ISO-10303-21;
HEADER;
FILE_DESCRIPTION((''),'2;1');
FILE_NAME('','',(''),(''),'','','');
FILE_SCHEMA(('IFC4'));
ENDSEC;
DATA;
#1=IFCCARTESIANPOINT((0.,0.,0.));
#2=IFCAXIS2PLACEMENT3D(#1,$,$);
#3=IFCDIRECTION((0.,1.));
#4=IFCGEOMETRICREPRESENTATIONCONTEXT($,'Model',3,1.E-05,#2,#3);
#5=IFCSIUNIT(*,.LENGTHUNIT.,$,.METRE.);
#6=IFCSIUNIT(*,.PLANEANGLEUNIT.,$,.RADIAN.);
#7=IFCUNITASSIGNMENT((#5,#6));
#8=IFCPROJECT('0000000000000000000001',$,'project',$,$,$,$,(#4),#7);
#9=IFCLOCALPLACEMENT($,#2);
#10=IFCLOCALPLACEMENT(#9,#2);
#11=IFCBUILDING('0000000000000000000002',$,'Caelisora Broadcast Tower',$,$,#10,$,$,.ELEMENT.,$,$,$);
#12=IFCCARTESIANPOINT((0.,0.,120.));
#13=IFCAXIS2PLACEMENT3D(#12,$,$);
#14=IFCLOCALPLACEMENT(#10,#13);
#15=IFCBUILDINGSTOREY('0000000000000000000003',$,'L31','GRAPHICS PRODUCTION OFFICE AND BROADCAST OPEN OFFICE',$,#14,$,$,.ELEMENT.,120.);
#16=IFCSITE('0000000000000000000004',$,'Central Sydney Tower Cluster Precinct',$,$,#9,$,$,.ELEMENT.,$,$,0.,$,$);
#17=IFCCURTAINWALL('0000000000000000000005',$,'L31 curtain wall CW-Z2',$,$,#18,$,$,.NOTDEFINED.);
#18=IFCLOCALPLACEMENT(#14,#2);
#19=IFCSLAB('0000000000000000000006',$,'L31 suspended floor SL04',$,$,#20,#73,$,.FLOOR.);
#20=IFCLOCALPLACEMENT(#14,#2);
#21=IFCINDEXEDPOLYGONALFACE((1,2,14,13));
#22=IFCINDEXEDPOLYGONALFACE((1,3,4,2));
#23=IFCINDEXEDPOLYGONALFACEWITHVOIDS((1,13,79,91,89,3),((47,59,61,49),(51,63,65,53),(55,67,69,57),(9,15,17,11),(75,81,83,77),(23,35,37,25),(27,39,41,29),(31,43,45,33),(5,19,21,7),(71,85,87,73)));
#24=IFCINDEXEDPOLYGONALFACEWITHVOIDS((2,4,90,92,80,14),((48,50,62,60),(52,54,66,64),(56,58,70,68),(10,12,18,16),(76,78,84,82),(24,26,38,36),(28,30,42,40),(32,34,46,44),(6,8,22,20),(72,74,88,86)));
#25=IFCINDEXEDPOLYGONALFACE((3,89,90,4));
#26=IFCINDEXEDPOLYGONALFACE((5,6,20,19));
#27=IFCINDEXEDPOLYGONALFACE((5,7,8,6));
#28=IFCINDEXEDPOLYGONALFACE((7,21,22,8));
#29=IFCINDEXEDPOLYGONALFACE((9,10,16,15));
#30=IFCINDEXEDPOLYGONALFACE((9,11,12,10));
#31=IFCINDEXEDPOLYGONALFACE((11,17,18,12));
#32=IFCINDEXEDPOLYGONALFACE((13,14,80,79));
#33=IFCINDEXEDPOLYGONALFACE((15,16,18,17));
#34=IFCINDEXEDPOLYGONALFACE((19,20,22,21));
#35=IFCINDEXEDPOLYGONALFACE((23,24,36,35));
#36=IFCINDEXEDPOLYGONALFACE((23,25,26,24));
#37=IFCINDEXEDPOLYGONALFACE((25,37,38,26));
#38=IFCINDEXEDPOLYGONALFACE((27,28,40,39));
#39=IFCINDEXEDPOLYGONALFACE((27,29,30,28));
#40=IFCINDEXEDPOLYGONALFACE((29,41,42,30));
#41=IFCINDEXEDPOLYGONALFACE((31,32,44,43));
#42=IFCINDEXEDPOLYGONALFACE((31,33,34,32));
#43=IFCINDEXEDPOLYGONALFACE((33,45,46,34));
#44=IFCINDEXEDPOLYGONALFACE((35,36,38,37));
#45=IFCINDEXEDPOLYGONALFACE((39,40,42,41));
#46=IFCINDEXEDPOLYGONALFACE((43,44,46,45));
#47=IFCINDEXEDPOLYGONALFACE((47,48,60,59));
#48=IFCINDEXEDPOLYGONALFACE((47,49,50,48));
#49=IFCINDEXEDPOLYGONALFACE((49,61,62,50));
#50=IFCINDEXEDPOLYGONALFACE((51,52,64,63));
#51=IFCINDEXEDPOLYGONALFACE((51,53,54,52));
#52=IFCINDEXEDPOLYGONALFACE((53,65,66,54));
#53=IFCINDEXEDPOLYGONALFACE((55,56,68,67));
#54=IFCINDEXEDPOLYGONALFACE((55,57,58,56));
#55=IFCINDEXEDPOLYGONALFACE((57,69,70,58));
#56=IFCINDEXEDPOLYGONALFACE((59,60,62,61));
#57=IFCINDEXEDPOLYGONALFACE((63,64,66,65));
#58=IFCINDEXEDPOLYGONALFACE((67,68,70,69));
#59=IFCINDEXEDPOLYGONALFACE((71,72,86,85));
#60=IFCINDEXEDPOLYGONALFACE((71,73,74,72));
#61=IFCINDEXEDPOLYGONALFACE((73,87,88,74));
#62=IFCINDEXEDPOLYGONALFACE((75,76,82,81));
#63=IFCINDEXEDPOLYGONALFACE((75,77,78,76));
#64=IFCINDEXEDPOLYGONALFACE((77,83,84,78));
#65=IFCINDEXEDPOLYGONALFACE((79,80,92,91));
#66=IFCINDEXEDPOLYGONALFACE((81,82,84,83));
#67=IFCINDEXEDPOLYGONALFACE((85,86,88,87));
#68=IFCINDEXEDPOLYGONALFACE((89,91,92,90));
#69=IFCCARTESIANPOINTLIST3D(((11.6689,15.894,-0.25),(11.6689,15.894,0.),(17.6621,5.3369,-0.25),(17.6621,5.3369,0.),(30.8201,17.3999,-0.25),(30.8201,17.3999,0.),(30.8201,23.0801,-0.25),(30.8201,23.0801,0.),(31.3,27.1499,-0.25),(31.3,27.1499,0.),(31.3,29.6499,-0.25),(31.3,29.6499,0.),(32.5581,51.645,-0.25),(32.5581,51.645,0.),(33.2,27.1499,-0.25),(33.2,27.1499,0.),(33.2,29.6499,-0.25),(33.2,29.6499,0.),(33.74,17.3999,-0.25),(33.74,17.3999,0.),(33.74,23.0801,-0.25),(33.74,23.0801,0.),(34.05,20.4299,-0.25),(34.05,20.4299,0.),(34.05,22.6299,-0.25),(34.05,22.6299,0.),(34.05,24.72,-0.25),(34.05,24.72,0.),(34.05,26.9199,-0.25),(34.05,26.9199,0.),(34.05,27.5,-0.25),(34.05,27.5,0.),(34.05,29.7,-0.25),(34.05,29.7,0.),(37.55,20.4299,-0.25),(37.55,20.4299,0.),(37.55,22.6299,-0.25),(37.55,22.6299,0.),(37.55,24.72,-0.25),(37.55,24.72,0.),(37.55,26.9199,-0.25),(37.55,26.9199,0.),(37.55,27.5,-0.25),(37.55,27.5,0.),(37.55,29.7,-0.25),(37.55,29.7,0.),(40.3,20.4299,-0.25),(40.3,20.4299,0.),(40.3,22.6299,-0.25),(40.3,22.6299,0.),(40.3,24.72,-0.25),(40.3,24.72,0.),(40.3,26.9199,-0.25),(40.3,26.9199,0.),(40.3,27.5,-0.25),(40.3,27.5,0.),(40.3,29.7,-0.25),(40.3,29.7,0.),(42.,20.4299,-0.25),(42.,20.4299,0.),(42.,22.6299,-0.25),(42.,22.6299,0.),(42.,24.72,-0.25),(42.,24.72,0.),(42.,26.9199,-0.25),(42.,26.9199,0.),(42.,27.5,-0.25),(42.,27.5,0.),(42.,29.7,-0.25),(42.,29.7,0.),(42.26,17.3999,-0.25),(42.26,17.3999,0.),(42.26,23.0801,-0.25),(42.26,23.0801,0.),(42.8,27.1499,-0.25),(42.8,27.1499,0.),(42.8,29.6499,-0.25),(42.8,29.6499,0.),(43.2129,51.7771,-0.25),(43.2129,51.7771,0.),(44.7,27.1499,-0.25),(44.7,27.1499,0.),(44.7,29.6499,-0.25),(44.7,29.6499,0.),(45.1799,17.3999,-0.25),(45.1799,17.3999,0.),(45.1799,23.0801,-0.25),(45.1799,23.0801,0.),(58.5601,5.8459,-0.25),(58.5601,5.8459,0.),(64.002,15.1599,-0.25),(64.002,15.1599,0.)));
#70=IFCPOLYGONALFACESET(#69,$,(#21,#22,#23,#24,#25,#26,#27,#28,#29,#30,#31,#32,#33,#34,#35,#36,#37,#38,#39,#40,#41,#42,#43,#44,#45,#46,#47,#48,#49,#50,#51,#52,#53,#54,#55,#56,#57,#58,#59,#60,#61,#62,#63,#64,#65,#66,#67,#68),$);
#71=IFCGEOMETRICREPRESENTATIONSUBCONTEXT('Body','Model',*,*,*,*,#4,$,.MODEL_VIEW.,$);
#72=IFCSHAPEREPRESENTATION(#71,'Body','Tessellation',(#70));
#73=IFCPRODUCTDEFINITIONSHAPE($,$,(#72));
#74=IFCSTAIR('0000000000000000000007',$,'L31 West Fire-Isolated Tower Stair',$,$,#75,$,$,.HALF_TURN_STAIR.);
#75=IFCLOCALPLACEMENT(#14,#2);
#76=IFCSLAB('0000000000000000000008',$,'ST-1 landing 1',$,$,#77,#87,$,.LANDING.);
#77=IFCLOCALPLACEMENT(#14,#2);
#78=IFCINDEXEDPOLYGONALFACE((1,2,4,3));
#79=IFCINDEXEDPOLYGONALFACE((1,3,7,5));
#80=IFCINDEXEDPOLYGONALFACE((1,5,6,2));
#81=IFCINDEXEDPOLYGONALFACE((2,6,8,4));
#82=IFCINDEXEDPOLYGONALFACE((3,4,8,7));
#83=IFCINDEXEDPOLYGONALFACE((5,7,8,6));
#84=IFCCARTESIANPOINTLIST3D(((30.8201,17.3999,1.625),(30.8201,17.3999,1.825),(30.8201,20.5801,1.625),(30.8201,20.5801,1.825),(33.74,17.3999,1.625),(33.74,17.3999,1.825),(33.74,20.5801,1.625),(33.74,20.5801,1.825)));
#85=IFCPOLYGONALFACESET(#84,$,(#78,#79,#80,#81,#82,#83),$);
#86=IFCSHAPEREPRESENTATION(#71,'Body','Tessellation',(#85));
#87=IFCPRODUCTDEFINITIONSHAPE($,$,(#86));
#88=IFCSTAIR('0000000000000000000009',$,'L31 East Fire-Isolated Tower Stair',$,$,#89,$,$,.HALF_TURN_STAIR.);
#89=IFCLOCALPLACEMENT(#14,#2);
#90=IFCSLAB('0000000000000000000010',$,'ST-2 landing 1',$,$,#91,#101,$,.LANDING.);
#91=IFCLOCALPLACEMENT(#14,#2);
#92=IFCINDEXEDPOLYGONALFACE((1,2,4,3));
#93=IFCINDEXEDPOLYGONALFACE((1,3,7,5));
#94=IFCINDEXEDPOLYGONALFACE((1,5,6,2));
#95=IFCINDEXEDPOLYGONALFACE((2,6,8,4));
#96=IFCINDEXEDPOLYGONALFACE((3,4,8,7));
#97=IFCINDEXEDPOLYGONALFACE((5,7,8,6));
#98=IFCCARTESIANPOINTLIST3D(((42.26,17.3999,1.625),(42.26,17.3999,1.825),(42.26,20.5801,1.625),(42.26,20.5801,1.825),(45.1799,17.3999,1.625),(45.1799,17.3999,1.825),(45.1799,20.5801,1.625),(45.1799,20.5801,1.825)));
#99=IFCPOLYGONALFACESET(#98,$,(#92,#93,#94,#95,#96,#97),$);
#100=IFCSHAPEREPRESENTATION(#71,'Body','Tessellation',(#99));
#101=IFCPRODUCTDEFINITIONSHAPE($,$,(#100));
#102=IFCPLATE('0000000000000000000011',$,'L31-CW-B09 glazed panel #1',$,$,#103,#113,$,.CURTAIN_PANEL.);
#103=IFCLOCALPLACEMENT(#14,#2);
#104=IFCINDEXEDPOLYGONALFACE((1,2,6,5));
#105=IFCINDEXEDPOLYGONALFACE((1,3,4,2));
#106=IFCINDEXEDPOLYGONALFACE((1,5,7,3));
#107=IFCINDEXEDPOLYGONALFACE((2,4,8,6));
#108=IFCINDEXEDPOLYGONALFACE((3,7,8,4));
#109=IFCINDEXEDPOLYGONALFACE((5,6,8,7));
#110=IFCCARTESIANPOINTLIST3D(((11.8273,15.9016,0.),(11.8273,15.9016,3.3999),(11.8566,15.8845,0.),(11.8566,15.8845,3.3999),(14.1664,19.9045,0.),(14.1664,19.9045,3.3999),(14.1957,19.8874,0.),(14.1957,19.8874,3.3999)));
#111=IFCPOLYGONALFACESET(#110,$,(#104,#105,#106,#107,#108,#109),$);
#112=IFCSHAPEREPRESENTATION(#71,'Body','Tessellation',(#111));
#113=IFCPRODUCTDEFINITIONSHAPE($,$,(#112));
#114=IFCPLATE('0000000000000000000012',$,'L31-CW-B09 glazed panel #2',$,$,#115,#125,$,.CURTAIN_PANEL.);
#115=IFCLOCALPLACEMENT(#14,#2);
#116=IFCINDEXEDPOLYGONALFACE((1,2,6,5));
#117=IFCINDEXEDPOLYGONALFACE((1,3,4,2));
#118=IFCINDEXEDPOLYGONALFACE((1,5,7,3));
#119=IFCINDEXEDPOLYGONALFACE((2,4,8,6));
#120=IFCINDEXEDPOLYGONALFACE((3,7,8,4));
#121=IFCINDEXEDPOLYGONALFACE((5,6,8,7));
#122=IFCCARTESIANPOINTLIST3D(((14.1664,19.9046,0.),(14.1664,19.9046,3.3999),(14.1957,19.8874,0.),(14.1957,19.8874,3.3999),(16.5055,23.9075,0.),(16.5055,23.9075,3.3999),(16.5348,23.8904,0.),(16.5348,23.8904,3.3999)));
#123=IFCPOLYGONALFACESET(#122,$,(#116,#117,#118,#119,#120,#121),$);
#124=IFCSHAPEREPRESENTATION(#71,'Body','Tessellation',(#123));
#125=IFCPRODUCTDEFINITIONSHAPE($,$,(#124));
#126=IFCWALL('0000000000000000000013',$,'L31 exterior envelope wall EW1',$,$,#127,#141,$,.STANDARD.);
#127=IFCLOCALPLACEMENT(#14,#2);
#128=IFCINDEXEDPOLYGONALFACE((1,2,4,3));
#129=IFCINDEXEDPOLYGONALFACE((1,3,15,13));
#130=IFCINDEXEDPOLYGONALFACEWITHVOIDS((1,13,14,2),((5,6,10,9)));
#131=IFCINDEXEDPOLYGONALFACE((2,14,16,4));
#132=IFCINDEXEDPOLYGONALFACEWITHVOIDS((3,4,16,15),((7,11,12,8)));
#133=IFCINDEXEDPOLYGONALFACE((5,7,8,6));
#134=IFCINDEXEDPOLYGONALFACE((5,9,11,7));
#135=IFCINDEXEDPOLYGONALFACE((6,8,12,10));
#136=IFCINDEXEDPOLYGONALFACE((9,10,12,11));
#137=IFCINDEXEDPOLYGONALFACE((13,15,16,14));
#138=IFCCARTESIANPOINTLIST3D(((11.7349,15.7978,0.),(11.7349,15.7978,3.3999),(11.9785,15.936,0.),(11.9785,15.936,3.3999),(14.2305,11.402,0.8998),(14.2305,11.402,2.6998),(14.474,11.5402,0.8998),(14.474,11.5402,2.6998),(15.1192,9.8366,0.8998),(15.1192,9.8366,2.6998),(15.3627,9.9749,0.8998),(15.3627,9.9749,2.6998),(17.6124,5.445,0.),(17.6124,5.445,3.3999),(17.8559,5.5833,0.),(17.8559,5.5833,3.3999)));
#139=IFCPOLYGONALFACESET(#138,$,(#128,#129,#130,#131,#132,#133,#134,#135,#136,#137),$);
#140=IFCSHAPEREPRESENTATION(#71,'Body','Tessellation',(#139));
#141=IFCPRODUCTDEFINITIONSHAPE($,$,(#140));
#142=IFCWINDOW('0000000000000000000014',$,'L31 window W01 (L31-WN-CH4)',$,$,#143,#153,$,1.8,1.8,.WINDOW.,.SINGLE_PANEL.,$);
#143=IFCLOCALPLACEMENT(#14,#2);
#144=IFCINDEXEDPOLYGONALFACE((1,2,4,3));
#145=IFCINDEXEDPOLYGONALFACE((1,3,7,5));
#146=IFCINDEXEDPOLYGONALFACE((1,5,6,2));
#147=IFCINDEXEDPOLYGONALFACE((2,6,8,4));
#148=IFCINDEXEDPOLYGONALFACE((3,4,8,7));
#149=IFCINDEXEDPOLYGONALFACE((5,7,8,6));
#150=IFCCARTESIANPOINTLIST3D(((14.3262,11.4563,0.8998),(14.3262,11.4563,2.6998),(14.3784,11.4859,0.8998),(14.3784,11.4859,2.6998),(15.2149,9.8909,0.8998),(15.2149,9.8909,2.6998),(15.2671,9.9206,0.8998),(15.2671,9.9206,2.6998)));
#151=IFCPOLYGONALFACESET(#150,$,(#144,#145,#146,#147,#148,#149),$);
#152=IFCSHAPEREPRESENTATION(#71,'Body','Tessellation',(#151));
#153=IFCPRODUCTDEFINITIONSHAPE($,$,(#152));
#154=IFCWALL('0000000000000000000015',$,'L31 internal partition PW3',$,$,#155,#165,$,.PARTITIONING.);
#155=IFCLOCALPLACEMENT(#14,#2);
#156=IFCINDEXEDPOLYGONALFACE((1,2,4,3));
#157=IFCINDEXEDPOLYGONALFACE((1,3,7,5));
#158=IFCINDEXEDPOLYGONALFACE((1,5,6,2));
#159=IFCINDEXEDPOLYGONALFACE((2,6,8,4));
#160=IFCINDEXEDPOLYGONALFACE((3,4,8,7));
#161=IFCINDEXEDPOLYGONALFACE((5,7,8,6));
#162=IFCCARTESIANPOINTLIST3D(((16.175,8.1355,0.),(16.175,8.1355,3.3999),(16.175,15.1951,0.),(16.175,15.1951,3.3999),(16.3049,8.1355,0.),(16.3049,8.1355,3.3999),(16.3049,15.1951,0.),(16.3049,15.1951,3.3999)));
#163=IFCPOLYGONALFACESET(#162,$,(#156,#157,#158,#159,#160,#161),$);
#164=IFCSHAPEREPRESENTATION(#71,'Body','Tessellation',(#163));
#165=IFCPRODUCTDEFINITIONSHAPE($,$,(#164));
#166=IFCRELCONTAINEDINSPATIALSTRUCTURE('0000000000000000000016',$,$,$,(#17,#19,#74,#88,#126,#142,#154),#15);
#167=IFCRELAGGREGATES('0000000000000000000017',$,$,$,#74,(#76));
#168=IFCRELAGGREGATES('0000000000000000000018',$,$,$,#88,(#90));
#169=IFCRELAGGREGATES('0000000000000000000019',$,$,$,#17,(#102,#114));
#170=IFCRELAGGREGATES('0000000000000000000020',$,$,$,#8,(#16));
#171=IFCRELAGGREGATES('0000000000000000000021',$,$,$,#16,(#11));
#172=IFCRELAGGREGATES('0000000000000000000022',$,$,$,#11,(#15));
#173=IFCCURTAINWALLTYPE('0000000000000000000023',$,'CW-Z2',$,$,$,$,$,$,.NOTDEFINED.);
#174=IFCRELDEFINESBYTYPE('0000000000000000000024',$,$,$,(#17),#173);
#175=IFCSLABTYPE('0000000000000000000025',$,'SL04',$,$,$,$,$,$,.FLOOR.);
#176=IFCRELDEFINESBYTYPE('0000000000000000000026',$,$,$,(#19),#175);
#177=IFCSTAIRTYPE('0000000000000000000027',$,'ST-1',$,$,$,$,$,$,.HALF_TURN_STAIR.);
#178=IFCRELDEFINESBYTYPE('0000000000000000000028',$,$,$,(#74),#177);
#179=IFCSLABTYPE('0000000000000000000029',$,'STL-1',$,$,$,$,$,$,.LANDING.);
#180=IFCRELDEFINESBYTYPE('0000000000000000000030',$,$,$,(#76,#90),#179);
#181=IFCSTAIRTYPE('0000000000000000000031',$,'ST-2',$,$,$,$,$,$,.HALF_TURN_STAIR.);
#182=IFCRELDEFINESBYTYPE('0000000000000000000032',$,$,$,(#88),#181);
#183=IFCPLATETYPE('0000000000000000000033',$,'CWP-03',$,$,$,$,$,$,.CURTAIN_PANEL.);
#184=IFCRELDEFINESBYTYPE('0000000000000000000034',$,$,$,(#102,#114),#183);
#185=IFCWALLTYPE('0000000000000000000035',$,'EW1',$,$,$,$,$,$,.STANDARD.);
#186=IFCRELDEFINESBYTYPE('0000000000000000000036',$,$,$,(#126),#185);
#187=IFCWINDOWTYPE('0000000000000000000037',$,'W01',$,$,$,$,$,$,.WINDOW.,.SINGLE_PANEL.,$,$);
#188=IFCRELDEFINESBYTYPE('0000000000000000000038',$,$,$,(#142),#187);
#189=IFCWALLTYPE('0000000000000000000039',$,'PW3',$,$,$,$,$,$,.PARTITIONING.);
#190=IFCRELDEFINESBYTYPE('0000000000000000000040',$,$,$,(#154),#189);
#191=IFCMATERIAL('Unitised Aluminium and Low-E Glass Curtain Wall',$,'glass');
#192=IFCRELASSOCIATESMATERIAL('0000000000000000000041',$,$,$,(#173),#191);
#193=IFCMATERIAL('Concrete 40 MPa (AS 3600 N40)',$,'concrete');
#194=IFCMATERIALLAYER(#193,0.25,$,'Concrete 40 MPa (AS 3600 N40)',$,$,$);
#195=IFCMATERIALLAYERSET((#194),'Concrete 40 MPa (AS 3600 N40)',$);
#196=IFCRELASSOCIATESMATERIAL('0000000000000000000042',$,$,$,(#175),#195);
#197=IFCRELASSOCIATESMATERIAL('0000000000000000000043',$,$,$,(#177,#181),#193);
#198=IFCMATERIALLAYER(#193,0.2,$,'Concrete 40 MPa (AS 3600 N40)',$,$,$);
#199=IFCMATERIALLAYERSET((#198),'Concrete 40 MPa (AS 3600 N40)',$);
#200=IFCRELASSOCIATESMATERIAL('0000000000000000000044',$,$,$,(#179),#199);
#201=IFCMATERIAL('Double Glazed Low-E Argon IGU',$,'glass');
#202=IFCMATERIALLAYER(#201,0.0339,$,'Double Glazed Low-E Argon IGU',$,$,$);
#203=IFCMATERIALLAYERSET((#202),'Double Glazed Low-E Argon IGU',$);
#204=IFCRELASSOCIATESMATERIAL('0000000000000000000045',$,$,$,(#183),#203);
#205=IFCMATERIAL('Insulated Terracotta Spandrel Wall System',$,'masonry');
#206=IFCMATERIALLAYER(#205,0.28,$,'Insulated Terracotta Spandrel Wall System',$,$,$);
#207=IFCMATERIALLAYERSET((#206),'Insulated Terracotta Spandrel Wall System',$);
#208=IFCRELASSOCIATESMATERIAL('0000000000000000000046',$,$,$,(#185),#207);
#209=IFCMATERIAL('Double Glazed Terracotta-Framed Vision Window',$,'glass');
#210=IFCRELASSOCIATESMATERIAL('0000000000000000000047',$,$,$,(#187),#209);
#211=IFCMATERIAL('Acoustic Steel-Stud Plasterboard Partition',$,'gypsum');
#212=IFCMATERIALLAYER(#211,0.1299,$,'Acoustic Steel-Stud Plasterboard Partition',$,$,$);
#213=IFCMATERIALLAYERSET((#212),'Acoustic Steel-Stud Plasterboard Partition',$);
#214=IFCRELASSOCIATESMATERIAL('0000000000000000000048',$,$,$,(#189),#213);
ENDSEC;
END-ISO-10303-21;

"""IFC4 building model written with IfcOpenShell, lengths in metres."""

from ifc_helpers import new_model, si_unit, direction, frame, frame_2d, origin, origin_2d, place, context, subcontext, project, spatial, polyline, rectangle, outline, extrude, source, transform, mapped, material, layer, layer_set, type_object, type_shapes, element, fill, aggregate, save


model = new_model("IFC4")

# Units and contexts
model_context = context("Model", 3, precision=1e-05, world=origin(), true_north=direction((0.0, 1.0)))
body_context = subcontext(model_context, "Body", "Model", "MODEL_VIEW")
ifc_project = project(units=[si_unit("LENGTHUNIT", "METRE"), si_unit("PLANEANGLEUNIT", "RADIAN")], contexts=[model_context])

# Site, building, storey
site_placement = place(None, origin())
site = spatial("IfcSite", under=ifc_project, at=site_placement, Name="Central Sydney Tower Cluster Precinct", CompositionType="ELEMENT", RefElevation=0.0)
building_placement = place(site_placement, origin())
building = spatial("IfcBuilding", under=site, at=building_placement, Name="Caelisora Broadcast Tower", CompositionType="ELEMENT")
storey_placement = place(building_placement, frame((0.0, 0.0, 120.0)))
storey = spatial("IfcBuildingStorey", under=building, at=storey_placement, Name="L31", Description="GRAPHICS PRODUCTION OFFICE AND BROADCAST OPEN OFFICE", CompositionType="ELEMENT", Elevation=120.0)

# Shared definitions
ifc_material_1 = material(Name="Unitised Aluminium and Low-E Glass Curtain Wall", Category="glass")
curtain_wall_type = type_object("IfcCurtainWallType", Name="CW-Z2", PredefinedType="NOTDEFINED", material=ifc_material_1)

# Curtain wall
curtain_wall_1_placement = place(storey_placement, origin())
curtain_wall_1 = element("IfcCurtainWall", 1, at=curtain_wall_1_placement, inside=storey, type_object=curtain_wall_type, Name="L31 curtain wall CW-Z2", PredefinedType="NOTDEFINED")

# Slab
ifc_material_2 = material(Name="Concrete 40 MPa (AS 3600 N40)", Category="concrete")
ifc_layer_1 = layer(ifc_material_2, 0.25, Name="Concrete 40 MPa (AS 3600 N40)")
ifc_layer_set_1 = layer_set([ifc_layer_1], Name="Concrete 40 MPa (AS 3600 N40)")
slab_type_1 = type_object("IfcSlabType", Name="SL04", PredefinedType="FLOOR", material=ifc_layer_set_1)
slab_1_placement = place(storey_placement, frame((0.0, 0.0, -0.25)))
element("IfcSlab", 2, at=slab_1_placement, inside=storey, type_object=slab_type_1, Name="L31 suspended floor SL04", PredefinedType="FLOOR", context=body_context, shape_type="SweptSolid", body=[
    extrude(outline(polyline([(43.2129, 51.7771), (32.5581, 51.645), (11.6689, 15.894), (17.6621, 5.3369), (58.5601, 5.8459), (64.002, 15.1599), (43.2129, 51.7771)]), holes=[polyline([(30.8201, 17.3999), (33.74, 17.3999), (33.74, 23.0801), (30.8201, 23.0801), (30.8201, 17.3999)]), polyline([(42.26, 17.3999), (45.1799, 17.3999), (45.1799, 23.0801), (42.26, 23.0801), (42.26, 17.3999)]), polyline([(42.8, 27.1499), (44.7, 27.1499), (44.7, 29.6499), (42.8, 29.6499), (42.8, 27.1499)]), polyline([(40.3, 20.4299), (42.0, 20.4299), (42.0, 22.6299), (40.3, 22.6299), (40.3, 20.4299)]), polyline([(40.3, 24.72), (42.0, 24.72), (42.0, 26.9199), (40.3, 26.9199), (40.3, 24.72)]), polyline([(40.3, 27.5), (42.0, 27.5), (42.0, 29.7), (40.3, 29.7), (40.3, 27.5)]), polyline([(34.05, 20.4299), (37.55, 20.4299), (37.55, 22.6299), (34.05, 22.6299), (34.05, 20.4299)]), polyline([(34.05, 24.72), (37.55, 24.72), (37.55, 26.9199), (34.05, 26.9199), (34.05, 24.72)]), polyline([(34.05, 27.5), (37.55, 27.5), (37.55, 29.7), (34.05, 29.7), (34.05, 27.5)]), polyline([(31.3, 27.1499), (33.2, 27.1499), (33.2, 29.6499), (31.3, 29.6499), (31.3, 27.1499)])]), origin(), (0.0, 0.0, 1.0), 0.25),
])

# Stairs, slabs
stair_type_1 = type_object("IfcStairType", Name="ST-1", PredefinedType="HALF_TURN_STAIR", material=ifc_material_2)
stair_1_placement = place(storey_placement, origin())
stair_1 = element("IfcStair", 3, at=stair_1_placement, inside=storey, type_object=stair_type_1, Name="L31 West Fire-Isolated Tower Stair", PredefinedType="HALF_TURN_STAIR")
ifc_layer_2 = layer(ifc_material_2, 0.2, Name="Concrete 40 MPa (AS 3600 N40)")
ifc_layer_set_2 = layer_set([ifc_layer_2], Name="Concrete 40 MPa (AS 3600 N40)")
slab_type_2 = type_object("IfcSlabType", Name="STL-1", PredefinedType="LANDING", material=ifc_layer_set_2)
slab_2_placement = place(storey_placement, frame((0.0, 0.0, 1.625)))
slab_2 = element("IfcSlab", 4, at=slab_2_placement, type_object=slab_type_2, Name="ST-1 landing 1", PredefinedType="LANDING", context=body_context, shape_type="SweptSolid", body=[
    extrude(outline(polyline([(30.8201, 20.5801), (30.8201, 17.3999), (33.74, 17.3999), (33.74, 20.5801), (30.8201, 20.5801)])), origin(), (0.0, 0.0, 1.0), 0.2),
])
aggregate(stair_1, [slab_2])
stair_type_2 = type_object("IfcStairType", Name="ST-2", PredefinedType="HALF_TURN_STAIR", material=ifc_material_2)
stair_2_placement = place(storey_placement, origin())
stair_2 = element("IfcStair", 5, at=stair_2_placement, inside=storey, type_object=stair_type_2, Name="L31 East Fire-Isolated Tower Stair", PredefinedType="HALF_TURN_STAIR")
slab_3_placement = place(storey_placement, frame((0.0, 0.0, 1.625)))
slab_3 = element("IfcSlab", 6, at=slab_3_placement, type_object=slab_type_2, Name="ST-2 landing 1", PredefinedType="LANDING", context=body_context, shape_type="SweptSolid", body=[
    extrude(outline(polyline([(42.26, 20.5801), (42.26, 17.3999), (45.1799, 17.3999), (45.1799, 20.5801), (42.26, 20.5801)])), origin(), (0.0, 0.0, 1.0), 0.2),
])
aggregate(stair_2, [slab_3])

# Plates
ifc_material_3 = material(Name="Double Glazed Low-E Argon IGU", Category="glass")
ifc_layer_3 = layer(ifc_material_3, 0.0339, Name="Double Glazed Low-E Argon IGU")
ifc_layer_set_3 = layer_set([ifc_layer_3], Name="Double Glazed Low-E Argon IGU")
plate_type = type_object("IfcPlateType", Name="CWP-03", PredefinedType="CURTAIN_PANEL", material=ifc_layer_set_3)
shared_shape_1 = source(origin(), body_context, "Body", "SweptSolid", [
    extrude(rectangle(XDim=4.6362, YDim=0.0339, at=origin_2d()), origin(), (0.0, 0.0, 1.0), 3.3999),
])
type_shapes(plate_type, [shared_shape_1])
plate_1_placement = place(storey_placement, frame((13.0115, 17.8945, 0.0), z_axis=(0.0, 0.0, 1.0), x_axis=(0.504528, 0.863396, 0.0)))
plate_1 = element("IfcPlate", 7, at=plate_1_placement, type_object=plate_type, Name="L31-CW-B09 glazed panel #1", PredefinedType="CURTAIN_PANEL", context=body_context, shape_type="MappedRepresentation", body=[
    mapped(shared_shape_1, transform((0.0, 0.0, 0.0), scale=1.0)),
])
plate_2_placement = place(storey_placement, frame((15.3506, 21.8975, 0.0), z_axis=(0.0, 0.0, 1.0), x_axis=(0.504528, 0.863396, 0.0)))
plate_2 = element("IfcPlate", 8, at=plate_2_placement, type_object=plate_type, Name="L31-CW-B09 glazed panel #2", PredefinedType="CURTAIN_PANEL", context=body_context, shape_type="MappedRepresentation", body=[
    mapped(shared_shape_1, transform((0.0, 0.0, 0.0), scale=1.0)),
])
aggregate(curtain_wall_1, [plate_1, plate_2])

# Wall, opening, window
ifc_material_4 = material(Name="Insulated Terracotta Spandrel Wall System", Category="masonry")
ifc_layer_4 = layer(ifc_material_4, 0.28, Name="Insulated Terracotta Spandrel Wall System")
ifc_layer_set_4 = layer_set([ifc_layer_4], Name="Insulated Terracotta Spandrel Wall System")
wall_type_1 = type_object("IfcWallType", Name="EW1", PredefinedType="STANDARD", material=ifc_layer_set_4)
wall_1_placement = place(storey_placement, frame((17.7341, 5.5142, 0.0), z_axis=(0.0, 0.0, 1.0), x_axis=(-0.493703, 0.86963, 0.0)))
wall_1 = element("IfcWall", 9, at=wall_1_placement, inside=storey, type_object=wall_type_1, Name="L31 exterior envelope wall EW1", PredefinedType="STANDARD", context=body_context, shape_type="SweptSolid", body=[
    extrude(rectangle(XDim=11.9048, YDim=0.28, at=frame_2d((5.9524, 0.0))), origin(), (0.0, 0.0, 1.0), 3.3999),
])
opening_1_placement = place(wall_1_placement, frame((5.05, 0.0, 0.8999)))
opening_1 = element("IfcOpeningElement", 10, at=opening_1_placement, cuts=wall_1, PredefinedType="OPENING", context=body_context, shape_type="SweptSolid", body=[
    extrude(rectangle(XDim=1.8, YDim=1.8, at=frame_2d((0.8999, 0.8999))), frame((0.0, 0.1521, 0.0), z_axis=(0.0, -1.0, 0.0), x_axis=(1.0, 0.0, 0.0)), (0.0, 0.0, 1.0), 0.304),
])
ifc_material_5 = material(Name="Double Glazed Terracotta-Framed Vision Window", Category="glass")
window_type = type_object("IfcWindowType", Name="W01", PartitioningType="SINGLE_PANEL", PredefinedType="WINDOW", material=ifc_material_5)
window_placement = place(opening_1_placement, origin())
window = element("IfcWindow", 11, at=window_placement, inside=storey, type_object=window_type, Name="L31 window W01 (L31-WN-CH4)", OverallHeight=1.8, OverallWidth=1.8, PartitioningType="SINGLE_PANEL", PredefinedType="WINDOW", context=body_context, shape_type="SweptSolid", body=[
    extrude(rectangle(XDim=1.8, YDim=1.8, at=frame_2d((0.8999, 0.8999))), frame((0.0, 0.03, 0.0), z_axis=(0.0, -1.0, 0.0), x_axis=(1.0, 0.0, 0.0)), (0.0, 0.0, 1.0), 0.0601),
])
fill(opening_1, window)

# Wall
ifc_material_6 = material(Name="Acoustic Steel-Stud Plasterboard Partition", Category="gypsum")
ifc_layer_5 = layer(ifc_material_6, 0.1299, Name="Acoustic Steel-Stud Plasterboard Partition")
ifc_layer_set_5 = layer_set([ifc_layer_5], Name="Acoustic Steel-Stud Plasterboard Partition")
wall_type_2 = type_object("IfcWallType", Name="PW3", PredefinedType="PARTITIONING", material=ifc_layer_set_5)
wall_2_placement = place(storey_placement, frame((16.24, 8.1355, 0.0), z_axis=(0.0, 0.0, 1.0), x_axis=(0.0, 1.0, 0.0)))
element("IfcWall", 12, at=wall_2_placement, inside=storey, type_object=wall_type_2, Name="L31 internal partition PW3", PredefinedType="PARTITIONING", context=body_context, shape_type="SweptSolid", body=[
    extrude(rectangle(XDim=7.0596, YDim=0.1299, at=frame_2d((3.5298, 0.0))), origin(), (0.0, 0.0, 1.0), 3.3999),
])

save(model, "model.ifc")
